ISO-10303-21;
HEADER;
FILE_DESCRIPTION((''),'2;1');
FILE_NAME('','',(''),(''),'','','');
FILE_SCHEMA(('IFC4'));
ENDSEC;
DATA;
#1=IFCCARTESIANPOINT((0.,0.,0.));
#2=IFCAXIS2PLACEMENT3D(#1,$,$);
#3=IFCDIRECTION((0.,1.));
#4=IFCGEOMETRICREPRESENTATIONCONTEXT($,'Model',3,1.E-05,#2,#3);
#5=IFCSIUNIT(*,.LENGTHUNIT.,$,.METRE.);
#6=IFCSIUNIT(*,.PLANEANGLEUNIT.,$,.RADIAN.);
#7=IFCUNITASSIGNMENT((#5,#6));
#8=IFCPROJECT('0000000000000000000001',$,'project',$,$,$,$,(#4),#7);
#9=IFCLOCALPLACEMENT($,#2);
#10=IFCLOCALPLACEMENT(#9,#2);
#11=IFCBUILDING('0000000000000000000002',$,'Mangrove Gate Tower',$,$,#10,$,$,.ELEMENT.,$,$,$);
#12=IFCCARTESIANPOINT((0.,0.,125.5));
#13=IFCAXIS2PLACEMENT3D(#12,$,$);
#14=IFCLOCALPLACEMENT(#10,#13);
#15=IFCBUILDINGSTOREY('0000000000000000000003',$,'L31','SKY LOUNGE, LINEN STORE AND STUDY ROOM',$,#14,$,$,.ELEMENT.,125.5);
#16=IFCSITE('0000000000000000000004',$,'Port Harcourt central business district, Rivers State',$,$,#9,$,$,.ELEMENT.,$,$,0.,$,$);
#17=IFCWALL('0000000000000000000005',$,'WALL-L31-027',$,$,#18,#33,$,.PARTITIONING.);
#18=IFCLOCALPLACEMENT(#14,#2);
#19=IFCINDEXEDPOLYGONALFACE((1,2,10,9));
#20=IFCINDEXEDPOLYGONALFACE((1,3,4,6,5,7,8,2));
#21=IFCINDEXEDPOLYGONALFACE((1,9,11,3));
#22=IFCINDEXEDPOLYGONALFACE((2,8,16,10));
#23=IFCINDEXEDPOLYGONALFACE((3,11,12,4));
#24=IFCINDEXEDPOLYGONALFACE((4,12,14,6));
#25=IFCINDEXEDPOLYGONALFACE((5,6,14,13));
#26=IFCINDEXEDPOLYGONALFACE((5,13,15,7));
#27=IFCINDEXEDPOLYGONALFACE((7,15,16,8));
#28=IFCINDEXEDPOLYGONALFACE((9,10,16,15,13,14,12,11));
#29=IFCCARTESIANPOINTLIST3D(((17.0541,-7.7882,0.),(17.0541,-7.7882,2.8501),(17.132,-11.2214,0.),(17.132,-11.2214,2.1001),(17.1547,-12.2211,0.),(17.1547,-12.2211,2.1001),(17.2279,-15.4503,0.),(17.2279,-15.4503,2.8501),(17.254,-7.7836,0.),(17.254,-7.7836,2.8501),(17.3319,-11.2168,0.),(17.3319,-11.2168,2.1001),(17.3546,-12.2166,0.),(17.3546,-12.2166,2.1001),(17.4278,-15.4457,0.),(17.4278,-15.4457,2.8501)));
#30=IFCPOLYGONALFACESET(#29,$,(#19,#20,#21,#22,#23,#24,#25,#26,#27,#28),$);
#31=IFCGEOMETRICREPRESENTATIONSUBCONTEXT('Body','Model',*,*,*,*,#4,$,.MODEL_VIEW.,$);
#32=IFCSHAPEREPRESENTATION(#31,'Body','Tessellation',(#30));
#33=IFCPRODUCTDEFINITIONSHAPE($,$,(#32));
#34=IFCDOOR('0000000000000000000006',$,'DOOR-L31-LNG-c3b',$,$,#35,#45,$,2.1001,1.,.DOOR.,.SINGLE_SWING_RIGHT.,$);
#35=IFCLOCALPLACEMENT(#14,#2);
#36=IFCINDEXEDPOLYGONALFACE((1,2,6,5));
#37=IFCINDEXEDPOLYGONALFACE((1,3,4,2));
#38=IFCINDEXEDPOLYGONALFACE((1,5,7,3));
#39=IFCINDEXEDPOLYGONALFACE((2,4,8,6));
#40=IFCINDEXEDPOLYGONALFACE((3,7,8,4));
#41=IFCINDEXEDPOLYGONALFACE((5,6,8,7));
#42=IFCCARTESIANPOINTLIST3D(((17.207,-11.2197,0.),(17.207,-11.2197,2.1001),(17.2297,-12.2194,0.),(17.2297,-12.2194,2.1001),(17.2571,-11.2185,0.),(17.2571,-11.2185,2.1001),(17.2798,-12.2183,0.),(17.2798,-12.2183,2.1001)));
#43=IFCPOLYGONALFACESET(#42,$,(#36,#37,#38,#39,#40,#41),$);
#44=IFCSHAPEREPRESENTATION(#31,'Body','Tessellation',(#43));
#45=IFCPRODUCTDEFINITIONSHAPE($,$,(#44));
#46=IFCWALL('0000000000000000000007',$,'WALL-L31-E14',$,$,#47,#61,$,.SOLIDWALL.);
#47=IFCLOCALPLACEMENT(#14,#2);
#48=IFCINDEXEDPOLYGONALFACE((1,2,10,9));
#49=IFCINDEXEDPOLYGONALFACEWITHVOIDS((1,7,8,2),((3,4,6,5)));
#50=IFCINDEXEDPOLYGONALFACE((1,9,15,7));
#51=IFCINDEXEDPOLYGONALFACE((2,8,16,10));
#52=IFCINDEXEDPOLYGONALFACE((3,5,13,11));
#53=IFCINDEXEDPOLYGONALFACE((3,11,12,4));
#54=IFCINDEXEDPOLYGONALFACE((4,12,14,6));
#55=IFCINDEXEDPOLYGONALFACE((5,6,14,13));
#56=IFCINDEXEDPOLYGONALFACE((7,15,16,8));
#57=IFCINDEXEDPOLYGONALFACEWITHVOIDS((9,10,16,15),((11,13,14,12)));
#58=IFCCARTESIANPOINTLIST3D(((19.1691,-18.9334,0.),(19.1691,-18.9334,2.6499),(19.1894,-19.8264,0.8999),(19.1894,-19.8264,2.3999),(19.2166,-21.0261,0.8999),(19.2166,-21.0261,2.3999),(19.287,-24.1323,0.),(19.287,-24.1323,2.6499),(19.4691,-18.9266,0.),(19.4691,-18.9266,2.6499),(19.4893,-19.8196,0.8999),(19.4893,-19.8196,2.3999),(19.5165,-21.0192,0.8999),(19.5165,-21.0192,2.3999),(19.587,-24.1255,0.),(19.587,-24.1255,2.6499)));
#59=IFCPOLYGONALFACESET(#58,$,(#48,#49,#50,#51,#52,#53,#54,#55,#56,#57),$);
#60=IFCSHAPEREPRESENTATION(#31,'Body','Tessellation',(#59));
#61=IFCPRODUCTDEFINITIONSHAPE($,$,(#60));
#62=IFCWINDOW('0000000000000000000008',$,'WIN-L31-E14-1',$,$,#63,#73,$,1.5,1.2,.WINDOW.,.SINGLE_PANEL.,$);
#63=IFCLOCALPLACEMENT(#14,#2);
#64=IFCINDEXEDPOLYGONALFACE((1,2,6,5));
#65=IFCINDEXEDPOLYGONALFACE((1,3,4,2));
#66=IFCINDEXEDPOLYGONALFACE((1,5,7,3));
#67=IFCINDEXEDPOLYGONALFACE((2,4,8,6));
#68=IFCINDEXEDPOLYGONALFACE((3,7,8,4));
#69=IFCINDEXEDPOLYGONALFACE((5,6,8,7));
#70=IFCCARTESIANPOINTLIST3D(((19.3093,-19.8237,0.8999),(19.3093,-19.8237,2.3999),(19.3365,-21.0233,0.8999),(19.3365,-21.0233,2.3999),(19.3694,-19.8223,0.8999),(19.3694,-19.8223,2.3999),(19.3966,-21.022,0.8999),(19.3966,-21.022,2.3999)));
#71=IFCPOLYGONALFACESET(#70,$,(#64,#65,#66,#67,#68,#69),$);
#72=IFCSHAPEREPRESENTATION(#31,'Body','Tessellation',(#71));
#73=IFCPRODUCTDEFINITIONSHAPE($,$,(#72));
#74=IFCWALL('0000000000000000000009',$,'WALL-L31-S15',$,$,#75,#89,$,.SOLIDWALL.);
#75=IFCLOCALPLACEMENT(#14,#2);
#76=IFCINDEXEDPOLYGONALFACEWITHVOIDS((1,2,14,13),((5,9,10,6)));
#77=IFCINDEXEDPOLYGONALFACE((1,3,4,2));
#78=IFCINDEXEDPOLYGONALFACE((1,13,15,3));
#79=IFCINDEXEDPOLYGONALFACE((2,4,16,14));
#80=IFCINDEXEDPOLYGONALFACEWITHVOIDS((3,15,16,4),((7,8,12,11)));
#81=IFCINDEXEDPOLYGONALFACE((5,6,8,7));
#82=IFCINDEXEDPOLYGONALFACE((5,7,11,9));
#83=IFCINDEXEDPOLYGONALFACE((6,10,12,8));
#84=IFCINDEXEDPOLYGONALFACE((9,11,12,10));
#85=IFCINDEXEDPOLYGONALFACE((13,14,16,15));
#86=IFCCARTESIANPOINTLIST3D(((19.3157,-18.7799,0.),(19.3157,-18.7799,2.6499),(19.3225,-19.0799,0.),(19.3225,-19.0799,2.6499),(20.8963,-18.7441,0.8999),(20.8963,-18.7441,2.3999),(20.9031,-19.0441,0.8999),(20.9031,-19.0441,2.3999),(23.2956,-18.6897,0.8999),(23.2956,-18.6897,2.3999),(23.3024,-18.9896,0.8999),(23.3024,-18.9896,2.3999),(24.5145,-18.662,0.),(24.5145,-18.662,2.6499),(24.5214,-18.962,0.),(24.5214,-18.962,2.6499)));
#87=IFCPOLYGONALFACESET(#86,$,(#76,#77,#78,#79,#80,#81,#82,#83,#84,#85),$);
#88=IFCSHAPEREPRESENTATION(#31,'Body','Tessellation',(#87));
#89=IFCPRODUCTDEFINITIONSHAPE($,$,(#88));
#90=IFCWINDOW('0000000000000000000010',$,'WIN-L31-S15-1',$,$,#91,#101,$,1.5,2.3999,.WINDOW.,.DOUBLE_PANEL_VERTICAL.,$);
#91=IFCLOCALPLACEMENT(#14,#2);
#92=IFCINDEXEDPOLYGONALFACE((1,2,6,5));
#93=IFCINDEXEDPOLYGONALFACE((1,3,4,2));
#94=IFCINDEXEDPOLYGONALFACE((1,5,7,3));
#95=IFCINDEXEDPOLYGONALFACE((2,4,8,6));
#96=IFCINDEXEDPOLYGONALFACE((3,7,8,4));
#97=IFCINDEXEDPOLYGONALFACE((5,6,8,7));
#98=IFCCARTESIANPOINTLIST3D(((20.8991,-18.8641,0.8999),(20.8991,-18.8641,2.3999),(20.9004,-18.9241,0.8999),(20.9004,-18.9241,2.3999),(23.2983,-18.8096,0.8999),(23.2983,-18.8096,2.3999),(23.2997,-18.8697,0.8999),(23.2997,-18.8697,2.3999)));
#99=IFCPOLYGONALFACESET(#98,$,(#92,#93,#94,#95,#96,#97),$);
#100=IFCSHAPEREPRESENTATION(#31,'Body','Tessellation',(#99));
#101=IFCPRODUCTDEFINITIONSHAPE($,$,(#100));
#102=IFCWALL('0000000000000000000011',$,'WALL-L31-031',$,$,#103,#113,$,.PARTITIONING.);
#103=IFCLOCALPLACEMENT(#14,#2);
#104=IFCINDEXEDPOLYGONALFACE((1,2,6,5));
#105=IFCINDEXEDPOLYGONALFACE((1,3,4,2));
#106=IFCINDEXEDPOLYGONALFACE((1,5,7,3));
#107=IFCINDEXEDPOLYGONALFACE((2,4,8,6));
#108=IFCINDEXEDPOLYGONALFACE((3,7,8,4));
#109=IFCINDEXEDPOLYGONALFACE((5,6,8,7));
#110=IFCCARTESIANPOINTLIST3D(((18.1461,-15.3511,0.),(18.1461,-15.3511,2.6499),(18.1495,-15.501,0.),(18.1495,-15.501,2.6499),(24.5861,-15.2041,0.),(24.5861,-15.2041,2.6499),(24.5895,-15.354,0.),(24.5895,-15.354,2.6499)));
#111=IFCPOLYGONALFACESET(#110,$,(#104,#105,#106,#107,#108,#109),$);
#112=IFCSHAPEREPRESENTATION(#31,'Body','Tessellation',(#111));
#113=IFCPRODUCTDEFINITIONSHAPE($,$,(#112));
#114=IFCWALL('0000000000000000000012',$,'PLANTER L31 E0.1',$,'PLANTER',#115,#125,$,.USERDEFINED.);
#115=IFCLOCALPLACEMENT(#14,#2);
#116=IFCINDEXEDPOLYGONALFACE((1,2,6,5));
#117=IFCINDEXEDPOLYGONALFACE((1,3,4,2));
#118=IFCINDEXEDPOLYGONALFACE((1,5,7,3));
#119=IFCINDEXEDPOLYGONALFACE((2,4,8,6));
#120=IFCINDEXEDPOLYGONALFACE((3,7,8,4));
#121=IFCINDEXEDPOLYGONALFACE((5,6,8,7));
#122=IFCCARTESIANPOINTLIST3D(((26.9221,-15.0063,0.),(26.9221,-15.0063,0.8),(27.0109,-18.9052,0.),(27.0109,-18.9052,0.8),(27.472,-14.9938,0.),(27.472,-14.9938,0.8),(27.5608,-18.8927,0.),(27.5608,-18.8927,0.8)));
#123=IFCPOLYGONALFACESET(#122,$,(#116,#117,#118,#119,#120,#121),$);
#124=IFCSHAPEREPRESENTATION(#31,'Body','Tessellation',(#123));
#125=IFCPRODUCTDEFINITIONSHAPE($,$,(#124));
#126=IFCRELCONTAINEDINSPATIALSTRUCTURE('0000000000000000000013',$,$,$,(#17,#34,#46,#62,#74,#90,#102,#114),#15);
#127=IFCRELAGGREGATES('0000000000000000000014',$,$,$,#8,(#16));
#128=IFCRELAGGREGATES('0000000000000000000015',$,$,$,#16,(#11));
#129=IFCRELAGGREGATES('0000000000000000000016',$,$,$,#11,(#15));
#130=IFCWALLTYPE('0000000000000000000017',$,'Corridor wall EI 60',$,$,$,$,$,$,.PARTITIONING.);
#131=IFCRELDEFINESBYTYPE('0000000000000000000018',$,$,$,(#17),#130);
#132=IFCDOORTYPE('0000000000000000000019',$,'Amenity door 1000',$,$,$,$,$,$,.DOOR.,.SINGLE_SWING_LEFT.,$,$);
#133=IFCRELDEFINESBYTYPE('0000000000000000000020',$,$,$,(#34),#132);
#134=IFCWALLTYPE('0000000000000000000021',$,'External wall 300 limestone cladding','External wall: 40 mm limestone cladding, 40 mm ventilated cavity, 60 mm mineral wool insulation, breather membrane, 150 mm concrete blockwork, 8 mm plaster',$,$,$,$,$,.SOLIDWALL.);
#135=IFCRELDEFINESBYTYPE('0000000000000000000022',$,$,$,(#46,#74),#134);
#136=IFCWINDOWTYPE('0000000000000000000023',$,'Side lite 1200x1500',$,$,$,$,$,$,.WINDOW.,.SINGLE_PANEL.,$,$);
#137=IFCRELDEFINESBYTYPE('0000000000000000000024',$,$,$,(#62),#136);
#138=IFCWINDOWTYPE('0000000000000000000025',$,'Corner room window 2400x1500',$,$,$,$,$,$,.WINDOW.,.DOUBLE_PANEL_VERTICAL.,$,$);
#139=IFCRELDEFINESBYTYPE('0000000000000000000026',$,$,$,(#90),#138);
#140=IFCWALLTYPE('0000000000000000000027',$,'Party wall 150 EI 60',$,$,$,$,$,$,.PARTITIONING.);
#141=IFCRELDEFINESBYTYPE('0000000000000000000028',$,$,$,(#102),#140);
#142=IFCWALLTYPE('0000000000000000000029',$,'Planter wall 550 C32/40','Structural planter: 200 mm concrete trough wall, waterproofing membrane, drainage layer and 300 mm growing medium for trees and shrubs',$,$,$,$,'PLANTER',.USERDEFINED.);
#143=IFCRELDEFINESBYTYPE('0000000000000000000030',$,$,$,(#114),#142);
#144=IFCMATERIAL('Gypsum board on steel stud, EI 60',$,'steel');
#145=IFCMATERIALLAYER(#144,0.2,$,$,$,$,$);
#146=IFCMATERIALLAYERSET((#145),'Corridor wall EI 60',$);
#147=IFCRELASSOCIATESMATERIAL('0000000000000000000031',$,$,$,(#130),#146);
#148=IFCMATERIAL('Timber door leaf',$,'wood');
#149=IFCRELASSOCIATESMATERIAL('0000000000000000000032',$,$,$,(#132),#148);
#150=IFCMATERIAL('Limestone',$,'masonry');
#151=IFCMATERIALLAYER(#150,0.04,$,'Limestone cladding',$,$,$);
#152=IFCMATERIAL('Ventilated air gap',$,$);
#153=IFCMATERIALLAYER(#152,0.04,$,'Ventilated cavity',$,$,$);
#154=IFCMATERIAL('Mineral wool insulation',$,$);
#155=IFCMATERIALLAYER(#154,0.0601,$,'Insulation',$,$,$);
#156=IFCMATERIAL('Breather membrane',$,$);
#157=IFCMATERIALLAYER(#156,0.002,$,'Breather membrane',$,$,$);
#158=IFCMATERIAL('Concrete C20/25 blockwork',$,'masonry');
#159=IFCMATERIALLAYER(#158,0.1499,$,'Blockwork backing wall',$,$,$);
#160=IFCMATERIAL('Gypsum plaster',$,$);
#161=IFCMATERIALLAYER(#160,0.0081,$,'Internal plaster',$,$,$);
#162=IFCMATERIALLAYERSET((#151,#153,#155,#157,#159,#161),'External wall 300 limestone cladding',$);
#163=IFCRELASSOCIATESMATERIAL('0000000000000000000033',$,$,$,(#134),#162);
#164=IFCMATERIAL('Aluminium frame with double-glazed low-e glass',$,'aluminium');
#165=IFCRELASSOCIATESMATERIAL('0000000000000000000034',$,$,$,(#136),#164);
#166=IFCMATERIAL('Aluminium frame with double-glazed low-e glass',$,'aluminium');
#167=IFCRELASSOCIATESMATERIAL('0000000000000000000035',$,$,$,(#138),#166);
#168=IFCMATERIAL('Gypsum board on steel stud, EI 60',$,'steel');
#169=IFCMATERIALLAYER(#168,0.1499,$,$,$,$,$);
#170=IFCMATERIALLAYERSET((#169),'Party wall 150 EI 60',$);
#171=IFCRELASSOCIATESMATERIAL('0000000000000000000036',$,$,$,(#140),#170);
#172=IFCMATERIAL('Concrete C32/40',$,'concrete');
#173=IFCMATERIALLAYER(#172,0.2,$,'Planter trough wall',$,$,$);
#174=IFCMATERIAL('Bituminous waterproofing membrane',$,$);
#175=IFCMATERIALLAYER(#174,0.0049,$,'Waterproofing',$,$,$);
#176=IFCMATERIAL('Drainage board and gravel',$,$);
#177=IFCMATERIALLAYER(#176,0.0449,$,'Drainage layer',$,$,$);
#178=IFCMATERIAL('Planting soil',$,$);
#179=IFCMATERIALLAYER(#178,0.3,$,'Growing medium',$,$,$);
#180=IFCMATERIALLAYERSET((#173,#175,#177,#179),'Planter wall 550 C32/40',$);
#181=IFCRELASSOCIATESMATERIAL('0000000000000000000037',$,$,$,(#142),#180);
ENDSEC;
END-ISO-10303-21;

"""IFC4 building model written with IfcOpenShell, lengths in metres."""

from ifc_helpers import new_model, si_unit, direction, frame, frame_2d, origin, place, context, subcontext, project, spatial, rectangle, extrude, material, layer, layer_set, type_object, element, fill, save


model = new_model("IFC4")

# Units and contexts
model_context = context("Model", 3, precision=1e-05, world=origin(), true_north=direction((0.0, 1.0)))
body_context = subcontext(model_context, "Body", "Model", "MODEL_VIEW")
ifc_project = project(units=[si_unit("LENGTHUNIT", "METRE"), si_unit("PLANEANGLEUNIT", "RADIAN")], contexts=[model_context])

# Site, building, storey
site_placement = place(None, origin())
site = spatial("IfcSite", under=ifc_project, at=site_placement, Name="Port Harcourt central business district, Rivers State", CompositionType="ELEMENT", RefElevation=0.0)
building_placement = place(site_placement, origin())
building = spatial("IfcBuilding", under=site, at=building_placement, Name="Mangrove Gate Tower", CompositionType="ELEMENT")
storey_placement = place(building_placement, frame((0.0, 0.0, 125.5)))
storey = spatial("IfcBuildingStorey", under=building, at=storey_placement, Name="L31", Description="SKY LOUNGE, LINEN STORE AND STUDY ROOM", CompositionType="ELEMENT", Elevation=125.5)

# Shared definitions
ifc_material_1 = material(Name="Gypsum board on steel stud, EI 60", Category="steel")
ifc_layer_1 = layer(ifc_material_1, 0.2)
ifc_layer_set_1 = layer_set([ifc_layer_1], Name="Corridor wall EI 60")
wall_type_1 = type_object("IfcWallType", Name="Corridor wall EI 60", PredefinedType="PARTITIONING", material=ifc_layer_set_1)

# Wall, opening, door
wall_1_placement = place(storey_placement, frame((17.3279, -15.448, 0.0), z_axis=(0.0, 0.0, 1.0), x_axis=(-0.022681, 0.999743, 0.0)))
wall_1 = element("IfcWall", 1, at=wall_1_placement, inside=storey, type_object=wall_type_1, Name="WALL-L31-027", PredefinedType="PARTITIONING", context=body_context, shape_type="SweptSolid", body=[
    extrude(rectangle(XDim=7.6641, YDim=0.2, at=frame_2d((3.832, 0.0))), origin(), (0.0, 0.0, 1.0), 2.8501),
])
opening_1_placement = place(wall_1_placement, frame((3.23, 0.0, 0.0)))
opening_1 = element("IfcOpeningElement", 2, at=opening_1_placement, cuts=wall_1, PredefinedType="OPENING", context=body_context, shape_type="SweptSolid", body=[
    extrude(rectangle(XDim=1.0, YDim=2.1001, at=frame_2d((0.5, 1.05))), frame((0.0, 0.1099, 0.0), z_axis=(0.0, -1.0, 0.0), x_axis=(1.0, 0.0, 0.0)), (0.0, 0.0, 1.0), 0.22),
])
ifc_material_2 = material(Name="Timber door leaf", Category="wood")
door_type_1 = type_object("IfcDoorType", Name="Amenity door 1000", OperationType="SINGLE_SWING_LEFT", PredefinedType="DOOR", material=ifc_material_2)
door_1_placement = place(opening_1_placement, origin())
door_1 = element("IfcDoor", 3, at=door_1_placement, inside=storey, type_object=door_type_1, Name="DOOR-L31-LNG-c3b", OperationType="SINGLE_SWING_RIGHT", OverallHeight=2.1001, OverallWidth=1.0, PredefinedType="DOOR", context=body_context, shape_type="SweptSolid", body=[
    extrude(rectangle(XDim=1.0, YDim=2.1001, at=frame_2d((0.5, 1.05))), frame((0.0, 0.0249, 0.0), z_axis=(0.0, -1.0, 0.0), x_axis=(1.0, 0.0, 0.0)), (0.0, 0.0, 1.0), 0.05),
])
fill(opening_1, door_1)

# Shared definitions
ifc_material_3 = material(Name="Limestone", Category="masonry")
ifc_layer_2 = layer(ifc_material_3, 0.04, Name="Limestone cladding")
ifc_material_4 = material(Name="Ventilated air gap")
ifc_layer_3 = layer(ifc_material_4, 0.04, Name="Ventilated cavity")
ifc_material_5 = material(Name="Mineral wool insulation")
ifc_layer_4 = layer(ifc_material_5, 0.0601, Name="Insulation")
ifc_material_6 = material(Name="Breather membrane")
ifc_layer_5 = layer(ifc_material_6, 0.002, Name="Breather membrane")
ifc_material_7 = material(Name="Concrete C20/25 blockwork", Category="masonry")
ifc_layer_6 = layer(ifc_material_7, 0.1499, Name="Blockwork backing wall")
ifc_material_8 = material(Name="Gypsum plaster")
ifc_layer_7 = layer(ifc_material_8, 0.0081, Name="Internal plaster")
ifc_layer_set_2 = layer_set([ifc_layer_2, ifc_layer_3, ifc_layer_4, ifc_layer_5, ifc_layer_6, ifc_layer_7], Name="External wall 300 limestone cladding")
wall_type_2 = type_object("IfcWallType", Name="External wall 300 limestone cladding", Description="External wall: 40 mm limestone cladding, 40 mm ventilated cavity, 60 mm mineral wool insulation, breather membrane, 150 mm concrete blockwork, 8 mm plaster", PredefinedType="SOLIDWALL", material=ifc_layer_set_2)

# Walls, openings, windows
wall_2_placement = place(storey_placement, frame((19.437, -24.1289, 0.0), z_axis=(0.0, 0.0, 1.0), x_axis=(-0.022676, 0.999743, 0.0)))
wall_2 = element("IfcWall", 4, at=wall_2_placement, inside=storey, type_object=wall_type_2, Name="WALL-L31-E14", PredefinedType="SOLIDWALL", context=body_context, shape_type="SweptSolid", body=[
    extrude(rectangle(XDim=5.2002, YDim=0.3, at=frame_2d((2.6001, 0.0))), origin(), (0.0, 0.0, 1.0), 2.6499),
])
opening_2_placement = place(wall_2_placement, frame((3.1069, 0.0, 0.8999)))
opening_2 = element("IfcOpeningElement", 5, at=opening_2_placement, cuts=wall_2, PredefinedType="OPENING", context=body_context, shape_type="SweptSolid", body=[
    extrude(rectangle(XDim=1.2, YDim=1.5, at=frame_2d((0.6001, 0.75))), frame((0.0, 0.1599, 0.0), z_axis=(0.0, -1.0, 0.0), x_axis=(1.0, 0.0, 0.0)), (0.0, 0.0, 1.0), 0.3201),
])
ifc_material_9 = material(Name="Aluminium frame with double-glazed low-e glass", Category="aluminium")
window_type_1 = type_object("IfcWindowType", Name="Side lite 1200x1500", PartitioningType="SINGLE_PANEL", PredefinedType="WINDOW", material=ifc_material_9)
window_1_placement = place(opening_2_placement, origin())
window_1 = element("IfcWindow", 6, at=window_1_placement, inside=storey, type_object=window_type_1, Name="WIN-L31-E14-1", OverallHeight=1.5, OverallWidth=1.2, PartitioningType="SINGLE_PANEL", PredefinedType="WINDOW", context=body_context, shape_type="SweptSolid", body=[
    extrude(rectangle(XDim=1.2, YDim=1.5, at=frame_2d((0.6001, 0.75))), frame((0.0, 0.03, 0.0), z_axis=(0.0, -1.0, 0.0), x_axis=(1.0, 0.0, 0.0)), (0.0, 0.0, 1.0), 0.0601),
])
fill(opening_2, window_1)
wall_3_placement = place(storey_placement, frame((19.3191, -18.9299, 0.0), z_axis=(0.0, 0.0, 1.0), x_axis=(0.999743, 0.022676, 0.0)))
wall_3 = element("IfcWall", 7, at=wall_3_placement, inside=storey, type_object=wall_type_2, Name="WALL-L31-S15", PredefinedType="SOLIDWALL", context=body_context, shape_type="SweptSolid", body=[
    extrude(rectangle(XDim=5.2002, YDim=0.3, at=frame_2d((2.6001, 0.0))), origin(), (0.0, 0.0, 1.0), 2.6499),
])
opening_3_placement = place(wall_3_placement, frame((1.5811, 0.0, 0.8999)))
opening_3 = element("IfcOpeningElement", 8, at=opening_3_placement, cuts=wall_3, PredefinedType="OPENING", context=body_context, shape_type="SweptSolid", body=[
    extrude(rectangle(XDim=2.3999, YDim=1.5, at=frame_2d((1.2, 0.75))), frame((0.0, 0.1599, 0.0), z_axis=(0.0, -1.0, 0.0), x_axis=(1.0, 0.0, 0.0)), (0.0, 0.0, 1.0), 0.3201),
])
ifc_material_10 = material(Name="Aluminium frame with double-glazed low-e glass", Category="aluminium")
window_type_2 = type_object("IfcWindowType", Name="Corner room window 2400x1500", PartitioningType="DOUBLE_PANEL_VERTICAL", PredefinedType="WINDOW", material=ifc_material_10)
window_2_placement = place(opening_3_placement, origin())
window_2 = element("IfcWindow", 9, at=window_2_placement, inside=storey, type_object=window_type_2, Name="WIN-L31-S15-1", OverallHeight=1.5, OverallWidth=2.3999, PartitioningType="DOUBLE_PANEL_VERTICAL", PredefinedType="WINDOW", context=body_context, shape_type="SweptSolid", body=[
    extrude(rectangle(XDim=2.3999, YDim=1.5, at=frame_2d((1.2, 0.75))), frame((0.0, 0.03, 0.0), z_axis=(0.0, -1.0, 0.0), x_axis=(1.0, 0.0, 0.0)), (0.0, 0.0, 1.0), 0.0601),
])
fill(opening_3, window_2)

# Walls
ifc_material_11 = material(Name="Gypsum board on steel stud, EI 60", Category="steel")
ifc_layer_8 = layer(ifc_material_11, 0.1499)
ifc_layer_set_3 = layer_set([ifc_layer_8], Name="Party wall 150 EI 60")
wall_type_3 = type_object("IfcWallType", Name="Party wall 150 EI 60", PredefinedType="PARTITIONING", material=ifc_layer_set_3)
wall_4_placement = place(storey_placement, frame((18.1479, -15.426, 0.0), z_axis=(0.0, 0.0, 1.0), x_axis=(0.99974, 0.022816, 0.0)))
element("IfcWall", 10, at=wall_4_placement, inside=storey, type_object=wall_type_3, Name="WALL-L31-031", PredefinedType="PARTITIONING", context=body_context, shape_type="SweptSolid", body=[
    extrude(rectangle(XDim=6.4417, YDim=0.1499, at=frame_2d((3.2207, 0.0))), origin(), (0.0, 0.0, 1.0), 2.6499),
])
ifc_material_12 = material(Name="Concrete C32/40", Category="concrete")
ifc_layer_9 = layer(ifc_material_12, 0.2, Name="Planter trough wall")
ifc_material_13 = material(Name="Bituminous waterproofing membrane")
ifc_layer_10 = layer(ifc_material_13, 0.0049, Name="Waterproofing")
ifc_material_14 = material(Name="Drainage board and gravel")
ifc_layer_11 = layer(ifc_material_14, 0.0449, Name="Drainage layer")
ifc_material_15 = material(Name="Planting soil")
ifc_layer_12 = layer(ifc_material_15, 0.3, Name="Growing medium")
ifc_layer_set_4 = layer_set([ifc_layer_9, ifc_layer_10, ifc_layer_11, ifc_layer_12], Name="Planter wall 550 C32/40")
wall_type_4 = type_object("IfcWallType", Name="Planter wall 550 C32/40", Description="Structural planter: 200 mm concrete trough wall, waterproofing membrane, drainage layer and 300 mm growing medium for trees and shrubs", ElementType="PLANTER", PredefinedType="USERDEFINED", material=ifc_layer_set_4)
wall_5_placement = place(storey_placement, frame((27.2859, -18.8989, 0.0), z_axis=(0.0, 0.0, 1.0), x_axis=(-0.022787, 0.99974, 0.0)))
element("IfcWall", 11, at=wall_5_placement, inside=storey, type_object=wall_type_4, Name="PLANTER L31 E0.1", ObjectType="PLANTER", PredefinedType="USERDEFINED", context=body_context, shape_type="SweptSolid", body=[
    extrude(rectangle(XDim=3.8999, YDim=0.55, at=frame_2d((1.95, 0.0))), origin(), (0.0, 0.0, 1.0), 0.8),
])

save(model, "model.ifc")
